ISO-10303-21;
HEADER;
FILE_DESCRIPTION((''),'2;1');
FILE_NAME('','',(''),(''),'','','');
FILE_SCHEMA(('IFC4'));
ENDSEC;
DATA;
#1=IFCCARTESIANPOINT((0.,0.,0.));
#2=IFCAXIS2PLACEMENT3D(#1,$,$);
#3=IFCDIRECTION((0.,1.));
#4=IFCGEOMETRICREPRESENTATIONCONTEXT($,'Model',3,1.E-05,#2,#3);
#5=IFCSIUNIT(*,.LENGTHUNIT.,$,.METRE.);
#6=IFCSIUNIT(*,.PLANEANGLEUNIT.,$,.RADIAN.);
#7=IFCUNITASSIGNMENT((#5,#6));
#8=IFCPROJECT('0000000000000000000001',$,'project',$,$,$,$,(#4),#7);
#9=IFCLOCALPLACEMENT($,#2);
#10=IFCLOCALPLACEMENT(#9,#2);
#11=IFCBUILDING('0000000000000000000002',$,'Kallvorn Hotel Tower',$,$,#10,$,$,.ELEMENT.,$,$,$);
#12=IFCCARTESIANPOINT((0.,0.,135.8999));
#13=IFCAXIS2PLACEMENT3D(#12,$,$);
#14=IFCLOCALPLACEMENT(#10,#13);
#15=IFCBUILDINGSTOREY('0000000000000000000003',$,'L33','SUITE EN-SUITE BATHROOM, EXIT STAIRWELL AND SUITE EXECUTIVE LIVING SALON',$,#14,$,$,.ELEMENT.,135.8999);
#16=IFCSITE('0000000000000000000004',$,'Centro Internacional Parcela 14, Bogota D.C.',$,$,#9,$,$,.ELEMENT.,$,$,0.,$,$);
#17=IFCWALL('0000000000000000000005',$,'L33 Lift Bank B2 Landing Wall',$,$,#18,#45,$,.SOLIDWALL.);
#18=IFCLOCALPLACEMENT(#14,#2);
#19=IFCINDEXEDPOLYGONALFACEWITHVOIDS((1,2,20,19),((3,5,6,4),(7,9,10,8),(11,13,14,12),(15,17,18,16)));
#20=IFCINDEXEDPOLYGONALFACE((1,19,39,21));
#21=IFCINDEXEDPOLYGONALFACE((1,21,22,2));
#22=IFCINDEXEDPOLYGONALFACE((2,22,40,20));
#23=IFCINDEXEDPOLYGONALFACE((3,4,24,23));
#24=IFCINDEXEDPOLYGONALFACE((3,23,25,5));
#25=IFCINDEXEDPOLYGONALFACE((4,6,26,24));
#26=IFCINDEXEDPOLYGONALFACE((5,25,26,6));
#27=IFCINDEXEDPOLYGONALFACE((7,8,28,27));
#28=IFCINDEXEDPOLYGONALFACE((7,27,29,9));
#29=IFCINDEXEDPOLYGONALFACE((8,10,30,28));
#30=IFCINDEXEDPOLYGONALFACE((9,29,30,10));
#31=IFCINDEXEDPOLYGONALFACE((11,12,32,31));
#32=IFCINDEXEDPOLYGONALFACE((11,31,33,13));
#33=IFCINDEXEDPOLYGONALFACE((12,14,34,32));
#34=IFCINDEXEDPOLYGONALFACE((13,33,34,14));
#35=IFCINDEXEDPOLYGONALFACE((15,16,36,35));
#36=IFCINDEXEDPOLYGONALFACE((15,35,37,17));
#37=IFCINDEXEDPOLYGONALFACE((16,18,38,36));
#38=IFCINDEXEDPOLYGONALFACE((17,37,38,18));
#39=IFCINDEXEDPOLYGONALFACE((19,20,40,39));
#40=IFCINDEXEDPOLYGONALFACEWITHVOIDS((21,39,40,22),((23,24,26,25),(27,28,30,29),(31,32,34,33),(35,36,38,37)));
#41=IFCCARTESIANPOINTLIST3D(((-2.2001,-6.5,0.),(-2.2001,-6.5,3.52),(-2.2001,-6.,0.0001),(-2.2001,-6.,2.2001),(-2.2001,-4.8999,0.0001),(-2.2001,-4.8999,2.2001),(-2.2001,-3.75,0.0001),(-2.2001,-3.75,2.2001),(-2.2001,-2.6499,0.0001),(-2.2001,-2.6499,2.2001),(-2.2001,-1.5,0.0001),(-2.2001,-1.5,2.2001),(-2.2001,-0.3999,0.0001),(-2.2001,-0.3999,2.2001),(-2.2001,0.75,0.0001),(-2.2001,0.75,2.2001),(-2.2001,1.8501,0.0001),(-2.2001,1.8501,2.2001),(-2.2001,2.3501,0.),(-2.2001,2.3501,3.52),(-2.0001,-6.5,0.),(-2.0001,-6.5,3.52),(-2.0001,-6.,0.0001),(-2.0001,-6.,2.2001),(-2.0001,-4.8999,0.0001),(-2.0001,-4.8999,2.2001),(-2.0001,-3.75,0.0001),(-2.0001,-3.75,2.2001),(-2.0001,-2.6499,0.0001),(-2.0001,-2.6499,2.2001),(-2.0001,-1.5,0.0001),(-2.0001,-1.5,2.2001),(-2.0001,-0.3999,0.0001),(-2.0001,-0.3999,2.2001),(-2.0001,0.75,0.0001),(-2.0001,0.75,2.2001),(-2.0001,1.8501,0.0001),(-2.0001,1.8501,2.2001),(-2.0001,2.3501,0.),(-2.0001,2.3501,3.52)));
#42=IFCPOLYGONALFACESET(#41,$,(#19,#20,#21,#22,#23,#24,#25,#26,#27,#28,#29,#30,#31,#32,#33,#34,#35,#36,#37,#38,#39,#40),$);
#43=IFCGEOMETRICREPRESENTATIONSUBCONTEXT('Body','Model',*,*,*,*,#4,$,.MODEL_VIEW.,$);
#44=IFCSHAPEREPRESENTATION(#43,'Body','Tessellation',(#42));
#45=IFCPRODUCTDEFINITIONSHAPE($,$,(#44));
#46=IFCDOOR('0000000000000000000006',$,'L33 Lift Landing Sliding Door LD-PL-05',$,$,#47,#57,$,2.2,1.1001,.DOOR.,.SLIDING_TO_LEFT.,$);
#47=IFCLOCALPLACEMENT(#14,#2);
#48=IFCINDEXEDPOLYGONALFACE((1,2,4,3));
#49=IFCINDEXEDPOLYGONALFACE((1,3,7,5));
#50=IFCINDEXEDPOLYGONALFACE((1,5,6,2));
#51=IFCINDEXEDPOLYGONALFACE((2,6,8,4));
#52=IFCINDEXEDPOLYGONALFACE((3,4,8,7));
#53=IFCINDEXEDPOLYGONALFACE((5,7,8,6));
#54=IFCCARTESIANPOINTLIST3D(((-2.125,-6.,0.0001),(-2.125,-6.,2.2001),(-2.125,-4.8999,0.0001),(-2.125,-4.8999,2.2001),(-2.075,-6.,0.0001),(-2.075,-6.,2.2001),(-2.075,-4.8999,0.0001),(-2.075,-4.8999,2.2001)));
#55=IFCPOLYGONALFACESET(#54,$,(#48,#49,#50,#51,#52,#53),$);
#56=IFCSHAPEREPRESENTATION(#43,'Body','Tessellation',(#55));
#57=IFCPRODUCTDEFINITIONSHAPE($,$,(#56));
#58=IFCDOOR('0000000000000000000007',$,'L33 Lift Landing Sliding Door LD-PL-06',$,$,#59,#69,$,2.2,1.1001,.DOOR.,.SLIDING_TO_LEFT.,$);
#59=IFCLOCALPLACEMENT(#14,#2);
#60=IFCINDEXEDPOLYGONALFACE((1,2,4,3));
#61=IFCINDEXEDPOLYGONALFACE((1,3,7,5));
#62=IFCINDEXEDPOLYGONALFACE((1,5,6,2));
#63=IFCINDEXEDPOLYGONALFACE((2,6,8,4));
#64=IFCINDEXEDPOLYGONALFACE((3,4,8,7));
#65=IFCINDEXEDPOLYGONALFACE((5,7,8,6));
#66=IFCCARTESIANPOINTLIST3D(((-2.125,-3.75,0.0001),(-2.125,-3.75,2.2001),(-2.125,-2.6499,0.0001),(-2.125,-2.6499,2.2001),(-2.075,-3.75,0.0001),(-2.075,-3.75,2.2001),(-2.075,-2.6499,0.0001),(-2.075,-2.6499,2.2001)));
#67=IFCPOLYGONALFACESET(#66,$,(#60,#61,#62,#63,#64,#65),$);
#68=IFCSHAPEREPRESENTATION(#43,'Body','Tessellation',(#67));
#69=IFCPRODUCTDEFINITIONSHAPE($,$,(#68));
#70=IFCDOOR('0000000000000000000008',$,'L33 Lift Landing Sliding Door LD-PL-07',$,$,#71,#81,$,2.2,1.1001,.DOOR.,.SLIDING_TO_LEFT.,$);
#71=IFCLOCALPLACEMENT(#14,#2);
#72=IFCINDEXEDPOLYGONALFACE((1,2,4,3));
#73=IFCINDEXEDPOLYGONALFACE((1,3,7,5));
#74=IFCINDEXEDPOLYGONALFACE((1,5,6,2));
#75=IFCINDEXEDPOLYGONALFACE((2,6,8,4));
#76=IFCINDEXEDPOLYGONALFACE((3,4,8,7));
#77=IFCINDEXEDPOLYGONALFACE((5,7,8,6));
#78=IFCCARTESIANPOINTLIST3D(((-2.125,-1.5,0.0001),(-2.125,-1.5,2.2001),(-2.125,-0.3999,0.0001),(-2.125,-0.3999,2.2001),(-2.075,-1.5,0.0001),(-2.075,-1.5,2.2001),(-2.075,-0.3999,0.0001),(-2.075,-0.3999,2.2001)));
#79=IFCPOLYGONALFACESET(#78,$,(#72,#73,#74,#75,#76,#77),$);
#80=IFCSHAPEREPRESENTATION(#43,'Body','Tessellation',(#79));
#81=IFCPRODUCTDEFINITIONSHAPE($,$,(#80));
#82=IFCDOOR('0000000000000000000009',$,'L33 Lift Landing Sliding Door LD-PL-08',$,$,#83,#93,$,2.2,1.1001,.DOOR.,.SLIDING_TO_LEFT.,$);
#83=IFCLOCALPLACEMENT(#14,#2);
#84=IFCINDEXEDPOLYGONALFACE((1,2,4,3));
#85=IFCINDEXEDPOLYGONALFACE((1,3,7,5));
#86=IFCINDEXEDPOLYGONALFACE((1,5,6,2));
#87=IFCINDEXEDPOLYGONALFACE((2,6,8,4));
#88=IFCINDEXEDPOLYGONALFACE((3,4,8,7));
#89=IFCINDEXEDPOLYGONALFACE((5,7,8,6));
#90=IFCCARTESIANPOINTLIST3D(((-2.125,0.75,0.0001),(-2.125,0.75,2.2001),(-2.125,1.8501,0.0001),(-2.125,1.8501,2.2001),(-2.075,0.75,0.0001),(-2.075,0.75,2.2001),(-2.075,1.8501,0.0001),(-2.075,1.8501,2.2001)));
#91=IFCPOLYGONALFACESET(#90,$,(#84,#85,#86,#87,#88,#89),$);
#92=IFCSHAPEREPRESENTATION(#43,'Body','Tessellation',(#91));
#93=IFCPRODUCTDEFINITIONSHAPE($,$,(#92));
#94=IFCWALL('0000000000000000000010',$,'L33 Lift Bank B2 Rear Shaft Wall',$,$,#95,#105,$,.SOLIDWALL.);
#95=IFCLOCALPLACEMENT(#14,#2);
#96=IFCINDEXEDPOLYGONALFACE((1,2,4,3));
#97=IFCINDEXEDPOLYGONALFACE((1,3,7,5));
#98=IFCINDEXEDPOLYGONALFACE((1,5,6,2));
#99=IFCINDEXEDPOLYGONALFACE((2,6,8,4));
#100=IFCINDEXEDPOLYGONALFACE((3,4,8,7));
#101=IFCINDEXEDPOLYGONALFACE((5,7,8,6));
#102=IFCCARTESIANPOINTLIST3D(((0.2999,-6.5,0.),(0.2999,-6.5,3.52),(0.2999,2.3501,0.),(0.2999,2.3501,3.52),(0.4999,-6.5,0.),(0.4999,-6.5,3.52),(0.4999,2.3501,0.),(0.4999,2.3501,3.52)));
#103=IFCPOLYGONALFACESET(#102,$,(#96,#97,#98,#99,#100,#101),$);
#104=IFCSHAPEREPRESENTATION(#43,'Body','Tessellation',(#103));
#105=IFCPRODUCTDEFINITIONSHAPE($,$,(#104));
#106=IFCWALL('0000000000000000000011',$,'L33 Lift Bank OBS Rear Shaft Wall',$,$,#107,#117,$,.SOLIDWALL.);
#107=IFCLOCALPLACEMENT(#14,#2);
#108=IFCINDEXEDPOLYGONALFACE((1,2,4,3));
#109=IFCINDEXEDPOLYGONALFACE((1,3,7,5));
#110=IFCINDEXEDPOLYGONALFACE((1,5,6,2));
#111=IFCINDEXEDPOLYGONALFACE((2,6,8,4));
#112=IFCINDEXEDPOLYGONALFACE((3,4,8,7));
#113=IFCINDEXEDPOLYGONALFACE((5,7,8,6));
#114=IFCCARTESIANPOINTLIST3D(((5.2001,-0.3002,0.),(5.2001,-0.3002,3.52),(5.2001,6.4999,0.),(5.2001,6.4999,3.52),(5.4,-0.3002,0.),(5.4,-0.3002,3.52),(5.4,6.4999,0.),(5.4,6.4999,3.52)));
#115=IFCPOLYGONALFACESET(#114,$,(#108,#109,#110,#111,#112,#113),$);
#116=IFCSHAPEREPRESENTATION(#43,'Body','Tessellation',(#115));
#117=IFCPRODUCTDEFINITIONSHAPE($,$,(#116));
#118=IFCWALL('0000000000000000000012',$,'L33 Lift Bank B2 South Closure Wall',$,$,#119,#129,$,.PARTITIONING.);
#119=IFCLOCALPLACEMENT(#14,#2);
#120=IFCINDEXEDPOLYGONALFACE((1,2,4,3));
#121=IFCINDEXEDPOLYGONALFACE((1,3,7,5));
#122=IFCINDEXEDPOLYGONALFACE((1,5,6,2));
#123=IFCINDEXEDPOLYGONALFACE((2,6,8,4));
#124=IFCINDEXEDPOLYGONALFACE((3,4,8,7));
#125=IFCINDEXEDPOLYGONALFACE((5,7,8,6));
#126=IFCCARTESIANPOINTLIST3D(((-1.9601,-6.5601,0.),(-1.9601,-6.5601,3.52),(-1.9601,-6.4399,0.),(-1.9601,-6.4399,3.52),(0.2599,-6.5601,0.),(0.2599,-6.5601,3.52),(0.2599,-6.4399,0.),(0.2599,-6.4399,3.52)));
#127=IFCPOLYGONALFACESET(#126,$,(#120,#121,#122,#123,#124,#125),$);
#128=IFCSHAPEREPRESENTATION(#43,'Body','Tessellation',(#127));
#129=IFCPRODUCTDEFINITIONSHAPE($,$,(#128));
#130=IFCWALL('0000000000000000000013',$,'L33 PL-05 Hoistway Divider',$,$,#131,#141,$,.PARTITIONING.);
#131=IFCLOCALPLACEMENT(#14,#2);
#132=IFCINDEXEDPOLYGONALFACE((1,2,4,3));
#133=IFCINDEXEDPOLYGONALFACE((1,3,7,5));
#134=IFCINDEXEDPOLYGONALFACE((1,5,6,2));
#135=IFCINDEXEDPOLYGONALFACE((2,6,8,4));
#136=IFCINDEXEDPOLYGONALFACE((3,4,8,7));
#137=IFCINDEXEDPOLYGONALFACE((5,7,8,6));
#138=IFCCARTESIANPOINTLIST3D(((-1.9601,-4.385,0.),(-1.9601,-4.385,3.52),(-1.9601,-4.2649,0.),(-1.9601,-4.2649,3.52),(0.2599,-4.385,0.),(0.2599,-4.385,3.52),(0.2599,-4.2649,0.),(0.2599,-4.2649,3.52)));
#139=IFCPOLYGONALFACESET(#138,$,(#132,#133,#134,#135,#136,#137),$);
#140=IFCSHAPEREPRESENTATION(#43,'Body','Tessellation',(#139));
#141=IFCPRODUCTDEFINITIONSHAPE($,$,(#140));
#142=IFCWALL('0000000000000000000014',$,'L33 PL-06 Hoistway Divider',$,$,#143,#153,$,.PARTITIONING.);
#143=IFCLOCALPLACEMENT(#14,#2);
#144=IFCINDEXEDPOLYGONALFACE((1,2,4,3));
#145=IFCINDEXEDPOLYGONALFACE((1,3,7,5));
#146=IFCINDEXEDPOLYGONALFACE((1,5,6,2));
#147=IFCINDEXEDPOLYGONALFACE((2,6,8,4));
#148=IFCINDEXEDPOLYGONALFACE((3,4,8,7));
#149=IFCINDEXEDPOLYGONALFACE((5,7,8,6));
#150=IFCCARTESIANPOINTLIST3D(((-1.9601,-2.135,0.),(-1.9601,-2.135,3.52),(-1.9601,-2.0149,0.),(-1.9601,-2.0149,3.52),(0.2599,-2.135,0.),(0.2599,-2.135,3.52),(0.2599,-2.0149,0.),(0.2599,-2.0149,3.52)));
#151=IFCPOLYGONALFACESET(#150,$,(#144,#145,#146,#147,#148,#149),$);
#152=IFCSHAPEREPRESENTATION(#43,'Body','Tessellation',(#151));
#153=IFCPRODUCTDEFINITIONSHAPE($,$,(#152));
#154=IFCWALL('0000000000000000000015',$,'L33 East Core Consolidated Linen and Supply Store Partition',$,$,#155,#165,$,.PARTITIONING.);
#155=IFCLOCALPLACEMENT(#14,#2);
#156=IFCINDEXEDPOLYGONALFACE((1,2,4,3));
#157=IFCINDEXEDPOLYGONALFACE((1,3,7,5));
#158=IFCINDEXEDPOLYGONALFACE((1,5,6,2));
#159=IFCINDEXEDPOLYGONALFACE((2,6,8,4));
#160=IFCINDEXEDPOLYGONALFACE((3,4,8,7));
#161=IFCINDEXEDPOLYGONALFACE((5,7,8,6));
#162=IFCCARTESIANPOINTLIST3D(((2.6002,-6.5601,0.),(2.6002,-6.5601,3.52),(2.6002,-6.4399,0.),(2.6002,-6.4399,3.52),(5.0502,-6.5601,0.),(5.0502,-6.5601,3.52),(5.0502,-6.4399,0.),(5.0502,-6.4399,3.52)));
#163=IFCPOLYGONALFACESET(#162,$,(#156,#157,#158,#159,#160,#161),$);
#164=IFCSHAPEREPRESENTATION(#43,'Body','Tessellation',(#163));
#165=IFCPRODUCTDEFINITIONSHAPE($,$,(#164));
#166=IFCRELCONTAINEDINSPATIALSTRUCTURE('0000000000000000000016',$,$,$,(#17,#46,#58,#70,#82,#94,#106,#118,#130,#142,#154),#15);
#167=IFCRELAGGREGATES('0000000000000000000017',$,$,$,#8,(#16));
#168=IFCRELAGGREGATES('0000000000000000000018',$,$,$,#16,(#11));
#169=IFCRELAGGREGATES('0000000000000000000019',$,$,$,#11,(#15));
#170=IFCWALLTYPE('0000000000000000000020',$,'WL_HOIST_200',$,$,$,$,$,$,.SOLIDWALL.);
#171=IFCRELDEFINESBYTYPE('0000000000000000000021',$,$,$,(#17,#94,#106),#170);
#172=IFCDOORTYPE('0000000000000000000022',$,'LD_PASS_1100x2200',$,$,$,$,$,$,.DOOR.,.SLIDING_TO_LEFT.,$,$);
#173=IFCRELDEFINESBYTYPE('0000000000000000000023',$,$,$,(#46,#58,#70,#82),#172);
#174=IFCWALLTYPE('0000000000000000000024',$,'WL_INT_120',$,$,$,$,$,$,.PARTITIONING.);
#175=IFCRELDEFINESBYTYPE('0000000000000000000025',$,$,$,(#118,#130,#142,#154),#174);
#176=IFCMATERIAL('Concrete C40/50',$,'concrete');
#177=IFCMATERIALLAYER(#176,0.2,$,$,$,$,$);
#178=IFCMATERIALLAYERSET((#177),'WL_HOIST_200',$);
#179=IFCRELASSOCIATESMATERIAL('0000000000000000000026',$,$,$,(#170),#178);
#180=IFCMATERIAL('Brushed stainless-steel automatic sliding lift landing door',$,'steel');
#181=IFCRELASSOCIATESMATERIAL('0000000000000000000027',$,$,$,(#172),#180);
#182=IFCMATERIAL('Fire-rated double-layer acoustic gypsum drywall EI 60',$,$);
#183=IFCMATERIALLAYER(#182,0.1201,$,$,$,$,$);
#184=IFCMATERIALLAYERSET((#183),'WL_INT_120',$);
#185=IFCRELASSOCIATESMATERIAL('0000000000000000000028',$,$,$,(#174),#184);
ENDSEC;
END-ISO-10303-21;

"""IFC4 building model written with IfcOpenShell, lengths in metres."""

from ifc_helpers import new_model, si_unit, direction, frame, frame_2d, origin, place, context, subcontext, project, spatial, rectangle, extrude, material, layer, layer_set, type_object, element, fill, save


model = new_model("IFC4")

# Units and contexts
model_context = context("Model", 3, precision=1e-05, world=origin(), true_north=direction((0.0, 1.0)))
body_context = subcontext(model_context, "Body", "Model", "MODEL_VIEW")
ifc_project = project(units=[si_unit("LENGTHUNIT", "METRE"), si_unit("PLANEANGLEUNIT", "RADIAN")], contexts=[model_context])

# Site, building, storey
site_placement = place(None, origin())
site = spatial("IfcSite", under=ifc_project, at=site_placement, Name="Centro Internacional Parcela 14, Bogota D.C.", CompositionType="ELEMENT", RefElevation=0.0)
building_placement = place(site_placement, origin())
building = spatial("IfcBuilding", under=site, at=building_placement, Name="Kallvorn Hotel Tower", CompositionType="ELEMENT")
storey_placement = place(building_placement, frame((0.0, 0.0, 135.8999)))
storey = spatial("IfcBuildingStorey", under=building, at=storey_placement, Name="L33", Description="SUITE EN-SUITE BATHROOM, EXIT STAIRWELL AND SUITE EXECUTIVE LIVING SALON", CompositionType="ELEMENT", Elevation=135.8999)

# Wall, openings, doors
ifc_material_1 = material(Name="Concrete C40/50", Category="concrete")
ifc_layer_1 = layer(ifc_material_1, 0.2)
ifc_layer_set_1 = layer_set([ifc_layer_1], Name="WL_HOIST_200")
wall_type_1 = type_object("IfcWallType", Name="WL_HOIST_200", PredefinedType="SOLIDWALL", material=ifc_layer_set_1)
wall_1_placement = place(storey_placement, frame((-2.1001, -6.5, 0.0), z_axis=(0.0, 0.0, 1.0), x_axis=(0.0, 1.0, 0.0)))
wall_1 = element("IfcWall", 1, at=wall_1_placement, inside=storey, type_object=wall_type_1, Name="L33 Lift Bank B2 Landing Wall", PredefinedType="SOLIDWALL", context=body_context, shape_type="SweptSolid", body=[
    extrude(rectangle(XDim=8.8501, YDim=0.2, at=frame_2d((4.425, 0.0))), origin(), (0.0, 0.0, 1.0), 3.52),
])
opening_1_placement = place(wall_1_placement, frame((0.5, 0.0, 0.0)))
opening_1 = element("IfcOpeningElement", 2, at=opening_1_placement, cuts=wall_1, PredefinedType="OPENING", context=body_context, shape_type="SweptSolid", body=[
    extrude(rectangle(XDim=1.1001, YDim=2.2, at=frame_2d((0.55, 1.1001))), frame((0.0, 0.115, 0.0), z_axis=(0.0, -1.0, 0.0), x_axis=(1.0, 0.0, 0.0)), (0.0, 0.0, 1.0), 0.23),
])
opening_2_placement = place(wall_1_placement, frame((2.75, 0.0, 0.0)))
opening_2 = element("IfcOpeningElement", 3, at=opening_2_placement, cuts=wall_1, PredefinedType="OPENING", context=body_context, shape_type="SweptSolid", body=[
    extrude(rectangle(XDim=1.1001, YDim=2.2, at=frame_2d((0.55, 1.1001))), frame((0.0, 0.115, 0.0), z_axis=(0.0, -1.0, 0.0), x_axis=(1.0, 0.0, 0.0)), (0.0, 0.0, 1.0), 0.23),
])
opening_3_placement = place(wall_1_placement, frame((5.0, 0.0, 0.0)))
opening_3 = element("IfcOpeningElement", 4, at=opening_3_placement, cuts=wall_1, PredefinedType="OPENING", context=body_context, shape_type="SweptSolid", body=[
    extrude(rectangle(XDim=1.1001, YDim=2.2, at=frame_2d((0.55, 1.1001))), frame((0.0, 0.115, 0.0), z_axis=(0.0, -1.0, 0.0), x_axis=(1.0, 0.0, 0.0)), (0.0, 0.0, 1.0), 0.23),
])
opening_4_placement = place(wall_1_placement, frame((7.25, 0.0, 0.0)))
opening_4 = element("IfcOpeningElement", 5, at=opening_4_placement, cuts=wall_1, PredefinedType="OPENING", context=body_context, shape_type="SweptSolid", body=[
    extrude(rectangle(XDim=1.1001, YDim=2.2, at=frame_2d((0.55, 1.1001))), frame((0.0, 0.115, 0.0), z_axis=(0.0, -1.0, 0.0), x_axis=(1.0, 0.0, 0.0)), (0.0, 0.0, 1.0), 0.23),
])
ifc_material_2 = material(Name="Brushed stainless-steel automatic sliding lift landing door", Category="steel")
door_type_1 = type_object("IfcDoorType", Name="LD_PASS_1100x2200", OperationType="SLIDING_TO_LEFT", PredefinedType="DOOR", material=ifc_material_2)
door_1_placement = place(opening_1_placement, origin())
door_1 = element("IfcDoor", 6, at=door_1_placement, inside=storey, type_object=door_type_1, Name="L33 Lift Landing Sliding Door LD-PL-05", OperationType="SLIDING_TO_LEFT", OverallHeight=2.2, OverallWidth=1.1001, PredefinedType="DOOR", context=body_context, shape_type="SweptSolid", body=[
    extrude(rectangle(XDim=1.1001, YDim=2.2, at=frame_2d((0.55, 1.1001))), frame((0.0, 0.0249, 0.0), z_axis=(0.0, -1.0, 0.0), x_axis=(1.0, 0.0, 0.0)), (0.0, 0.0, 1.0), 0.05),
])
fill(opening_1, door_1)
door_2_placement = place(opening_2_placement, origin())
door_2 = element("IfcDoor", 7, at=door_2_placement, inside=storey, type_object=door_type_1, Name="L33 Lift Landing Sliding Door LD-PL-06", OperationType="SLIDING_TO_LEFT", OverallHeight=2.2, OverallWidth=1.1001, PredefinedType="DOOR", context=body_context, shape_type="SweptSolid", body=[
    extrude(rectangle(XDim=1.1001, YDim=2.2, at=frame_2d((0.55, 1.1001))), frame((0.0, 0.0249, 0.0), z_axis=(0.0, -1.0, 0.0), x_axis=(1.0, 0.0, 0.0)), (0.0, 0.0, 1.0), 0.05),
])
fill(opening_2, door_2)
door_3_placement = place(opening_3_placement, origin())
door_3 = element("IfcDoor", 8, at=door_3_placement, inside=storey, type_object=door_type_1, Name="L33 Lift Landing Sliding Door LD-PL-07", OperationType="SLIDING_TO_LEFT", OverallHeight=2.2, OverallWidth=1.1001, PredefinedType="DOOR", context=body_context, shape_type="SweptSolid", body=[
    extrude(rectangle(XDim=1.1001, YDim=2.2, at=frame_2d((0.55, 1.1001))), frame((0.0, 0.0249, 0.0), z_axis=(0.0, -1.0, 0.0), x_axis=(1.0, 0.0, 0.0)), (0.0, 0.0, 1.0), 0.05),
])
fill(opening_3, door_3)
door_4_placement = place(opening_4_placement, origin())
door_4 = element("IfcDoor", 9, at=door_4_placement, inside=storey, type_object=door_type_1, Name="L33 Lift Landing Sliding Door LD-PL-08", OperationType="SLIDING_TO_LEFT", OverallHeight=2.2, OverallWidth=1.1001, PredefinedType="DOOR", context=body_context, shape_type="SweptSolid", body=[
    extrude(rectangle(XDim=1.1001, YDim=2.2, at=frame_2d((0.55, 1.1001))), frame((0.0, 0.0249, 0.0), z_axis=(0.0, -1.0, 0.0), x_axis=(1.0, 0.0, 0.0)), (0.0, 0.0, 1.0), 0.05),
])
fill(opening_4, door_4)

# Walls
wall_2_placement = place(storey_placement, frame((0.3999, -6.5, 0.0), z_axis=(0.0, 0.0, 1.0), x_axis=(0.0, 1.0, 0.0)))
element("IfcWall", 10, at=wall_2_placement, inside=storey, type_object=wall_type_1, Name="L33 Lift Bank B2 Rear Shaft Wall", PredefinedType="SOLIDWALL", context=body_context, shape_type="SweptSolid", body=[
    extrude(rectangle(XDim=8.8501, YDim=0.2, at=frame_2d((4.425, 0.0))), origin(), (0.0, 0.0, 1.0), 3.52),
])
wall_3_placement = place(storey_placement, frame((5.3, -0.3, 0.0), z_axis=(0.0, 0.0, 1.0), x_axis=(0.0, 1.0, 0.0)))
element("IfcWall", 11, at=wall_3_placement, inside=storey, type_object=wall_type_1, Name="L33 Lift Bank OBS Rear Shaft Wall", PredefinedType="SOLIDWALL", context=body_context, shape_type="SweptSolid", body=[
    extrude(rectangle(XDim=6.8, YDim=0.2, at=frame_2d((3.3999, 0.0))), origin(), (0.0, 0.0, 1.0), 3.52),
])
ifc_material_3 = material(Name="Fire-rated double-layer acoustic gypsum drywall EI 60")
ifc_layer_2 = layer(ifc_material_3, 0.1201)
ifc_layer_set_2 = layer_set([ifc_layer_2], Name="WL_INT_120")
wall_type_2 = type_object("IfcWallType", Name="WL_INT_120", PredefinedType="PARTITIONING", material=ifc_layer_set_2)
for number, where, z_axis, x_axis, name in (
    (12, (-1.96, -6.5, 0.0), (0.0, 0.0, 1.0), (1.0, 0.0, 0.0), "L33 Lift Bank B2 South Closure Wall"),
    (13, (-1.96, -4.325, 0.0), (0.0, 0.0, 1.0), (1.0, 0.0, 0.0), "L33 PL-05 Hoistway Divider"),
    (14, (-1.96, -2.075, 0.0), (0.0, 0.0, 1.0), (1.0, 0.0, 0.0), "L33 PL-06 Hoistway Divider"),
):
    element("IfcWall", number, at=place(storey_placement, frame(where, z_axis=z_axis, x_axis=x_axis)), inside=storey, type_object=wall_type_2, Name=name, PredefinedType="PARTITIONING", context=body_context, shape_type="SweptSolid", body=[
        extrude(rectangle(XDim=2.22, YDim=0.1201, at=frame_2d((1.1099, 0.0))), origin(), (0.0, 0.0, 1.0), 3.52),
    ])
wall_4_placement = place(storey_placement, frame((2.6001, -6.5, 0.0), z_axis=(0.0, 0.0, 1.0), x_axis=(1.0, 0.0, 0.0)))
element("IfcWall", 15, at=wall_4_placement, inside=storey, type_object=wall_type_2, Name="L33 East Core Consolidated Linen and Supply Store Partition", PredefinedType="PARTITIONING", context=body_context, shape_type="SweptSolid", body=[
    extrude(rectangle(XDim=2.45, YDim=0.1201, at=frame_2d((1.2251, 0.0))), origin(), (0.0, 0.0, 1.0), 3.52),
])

save(model, "model.ifc")
